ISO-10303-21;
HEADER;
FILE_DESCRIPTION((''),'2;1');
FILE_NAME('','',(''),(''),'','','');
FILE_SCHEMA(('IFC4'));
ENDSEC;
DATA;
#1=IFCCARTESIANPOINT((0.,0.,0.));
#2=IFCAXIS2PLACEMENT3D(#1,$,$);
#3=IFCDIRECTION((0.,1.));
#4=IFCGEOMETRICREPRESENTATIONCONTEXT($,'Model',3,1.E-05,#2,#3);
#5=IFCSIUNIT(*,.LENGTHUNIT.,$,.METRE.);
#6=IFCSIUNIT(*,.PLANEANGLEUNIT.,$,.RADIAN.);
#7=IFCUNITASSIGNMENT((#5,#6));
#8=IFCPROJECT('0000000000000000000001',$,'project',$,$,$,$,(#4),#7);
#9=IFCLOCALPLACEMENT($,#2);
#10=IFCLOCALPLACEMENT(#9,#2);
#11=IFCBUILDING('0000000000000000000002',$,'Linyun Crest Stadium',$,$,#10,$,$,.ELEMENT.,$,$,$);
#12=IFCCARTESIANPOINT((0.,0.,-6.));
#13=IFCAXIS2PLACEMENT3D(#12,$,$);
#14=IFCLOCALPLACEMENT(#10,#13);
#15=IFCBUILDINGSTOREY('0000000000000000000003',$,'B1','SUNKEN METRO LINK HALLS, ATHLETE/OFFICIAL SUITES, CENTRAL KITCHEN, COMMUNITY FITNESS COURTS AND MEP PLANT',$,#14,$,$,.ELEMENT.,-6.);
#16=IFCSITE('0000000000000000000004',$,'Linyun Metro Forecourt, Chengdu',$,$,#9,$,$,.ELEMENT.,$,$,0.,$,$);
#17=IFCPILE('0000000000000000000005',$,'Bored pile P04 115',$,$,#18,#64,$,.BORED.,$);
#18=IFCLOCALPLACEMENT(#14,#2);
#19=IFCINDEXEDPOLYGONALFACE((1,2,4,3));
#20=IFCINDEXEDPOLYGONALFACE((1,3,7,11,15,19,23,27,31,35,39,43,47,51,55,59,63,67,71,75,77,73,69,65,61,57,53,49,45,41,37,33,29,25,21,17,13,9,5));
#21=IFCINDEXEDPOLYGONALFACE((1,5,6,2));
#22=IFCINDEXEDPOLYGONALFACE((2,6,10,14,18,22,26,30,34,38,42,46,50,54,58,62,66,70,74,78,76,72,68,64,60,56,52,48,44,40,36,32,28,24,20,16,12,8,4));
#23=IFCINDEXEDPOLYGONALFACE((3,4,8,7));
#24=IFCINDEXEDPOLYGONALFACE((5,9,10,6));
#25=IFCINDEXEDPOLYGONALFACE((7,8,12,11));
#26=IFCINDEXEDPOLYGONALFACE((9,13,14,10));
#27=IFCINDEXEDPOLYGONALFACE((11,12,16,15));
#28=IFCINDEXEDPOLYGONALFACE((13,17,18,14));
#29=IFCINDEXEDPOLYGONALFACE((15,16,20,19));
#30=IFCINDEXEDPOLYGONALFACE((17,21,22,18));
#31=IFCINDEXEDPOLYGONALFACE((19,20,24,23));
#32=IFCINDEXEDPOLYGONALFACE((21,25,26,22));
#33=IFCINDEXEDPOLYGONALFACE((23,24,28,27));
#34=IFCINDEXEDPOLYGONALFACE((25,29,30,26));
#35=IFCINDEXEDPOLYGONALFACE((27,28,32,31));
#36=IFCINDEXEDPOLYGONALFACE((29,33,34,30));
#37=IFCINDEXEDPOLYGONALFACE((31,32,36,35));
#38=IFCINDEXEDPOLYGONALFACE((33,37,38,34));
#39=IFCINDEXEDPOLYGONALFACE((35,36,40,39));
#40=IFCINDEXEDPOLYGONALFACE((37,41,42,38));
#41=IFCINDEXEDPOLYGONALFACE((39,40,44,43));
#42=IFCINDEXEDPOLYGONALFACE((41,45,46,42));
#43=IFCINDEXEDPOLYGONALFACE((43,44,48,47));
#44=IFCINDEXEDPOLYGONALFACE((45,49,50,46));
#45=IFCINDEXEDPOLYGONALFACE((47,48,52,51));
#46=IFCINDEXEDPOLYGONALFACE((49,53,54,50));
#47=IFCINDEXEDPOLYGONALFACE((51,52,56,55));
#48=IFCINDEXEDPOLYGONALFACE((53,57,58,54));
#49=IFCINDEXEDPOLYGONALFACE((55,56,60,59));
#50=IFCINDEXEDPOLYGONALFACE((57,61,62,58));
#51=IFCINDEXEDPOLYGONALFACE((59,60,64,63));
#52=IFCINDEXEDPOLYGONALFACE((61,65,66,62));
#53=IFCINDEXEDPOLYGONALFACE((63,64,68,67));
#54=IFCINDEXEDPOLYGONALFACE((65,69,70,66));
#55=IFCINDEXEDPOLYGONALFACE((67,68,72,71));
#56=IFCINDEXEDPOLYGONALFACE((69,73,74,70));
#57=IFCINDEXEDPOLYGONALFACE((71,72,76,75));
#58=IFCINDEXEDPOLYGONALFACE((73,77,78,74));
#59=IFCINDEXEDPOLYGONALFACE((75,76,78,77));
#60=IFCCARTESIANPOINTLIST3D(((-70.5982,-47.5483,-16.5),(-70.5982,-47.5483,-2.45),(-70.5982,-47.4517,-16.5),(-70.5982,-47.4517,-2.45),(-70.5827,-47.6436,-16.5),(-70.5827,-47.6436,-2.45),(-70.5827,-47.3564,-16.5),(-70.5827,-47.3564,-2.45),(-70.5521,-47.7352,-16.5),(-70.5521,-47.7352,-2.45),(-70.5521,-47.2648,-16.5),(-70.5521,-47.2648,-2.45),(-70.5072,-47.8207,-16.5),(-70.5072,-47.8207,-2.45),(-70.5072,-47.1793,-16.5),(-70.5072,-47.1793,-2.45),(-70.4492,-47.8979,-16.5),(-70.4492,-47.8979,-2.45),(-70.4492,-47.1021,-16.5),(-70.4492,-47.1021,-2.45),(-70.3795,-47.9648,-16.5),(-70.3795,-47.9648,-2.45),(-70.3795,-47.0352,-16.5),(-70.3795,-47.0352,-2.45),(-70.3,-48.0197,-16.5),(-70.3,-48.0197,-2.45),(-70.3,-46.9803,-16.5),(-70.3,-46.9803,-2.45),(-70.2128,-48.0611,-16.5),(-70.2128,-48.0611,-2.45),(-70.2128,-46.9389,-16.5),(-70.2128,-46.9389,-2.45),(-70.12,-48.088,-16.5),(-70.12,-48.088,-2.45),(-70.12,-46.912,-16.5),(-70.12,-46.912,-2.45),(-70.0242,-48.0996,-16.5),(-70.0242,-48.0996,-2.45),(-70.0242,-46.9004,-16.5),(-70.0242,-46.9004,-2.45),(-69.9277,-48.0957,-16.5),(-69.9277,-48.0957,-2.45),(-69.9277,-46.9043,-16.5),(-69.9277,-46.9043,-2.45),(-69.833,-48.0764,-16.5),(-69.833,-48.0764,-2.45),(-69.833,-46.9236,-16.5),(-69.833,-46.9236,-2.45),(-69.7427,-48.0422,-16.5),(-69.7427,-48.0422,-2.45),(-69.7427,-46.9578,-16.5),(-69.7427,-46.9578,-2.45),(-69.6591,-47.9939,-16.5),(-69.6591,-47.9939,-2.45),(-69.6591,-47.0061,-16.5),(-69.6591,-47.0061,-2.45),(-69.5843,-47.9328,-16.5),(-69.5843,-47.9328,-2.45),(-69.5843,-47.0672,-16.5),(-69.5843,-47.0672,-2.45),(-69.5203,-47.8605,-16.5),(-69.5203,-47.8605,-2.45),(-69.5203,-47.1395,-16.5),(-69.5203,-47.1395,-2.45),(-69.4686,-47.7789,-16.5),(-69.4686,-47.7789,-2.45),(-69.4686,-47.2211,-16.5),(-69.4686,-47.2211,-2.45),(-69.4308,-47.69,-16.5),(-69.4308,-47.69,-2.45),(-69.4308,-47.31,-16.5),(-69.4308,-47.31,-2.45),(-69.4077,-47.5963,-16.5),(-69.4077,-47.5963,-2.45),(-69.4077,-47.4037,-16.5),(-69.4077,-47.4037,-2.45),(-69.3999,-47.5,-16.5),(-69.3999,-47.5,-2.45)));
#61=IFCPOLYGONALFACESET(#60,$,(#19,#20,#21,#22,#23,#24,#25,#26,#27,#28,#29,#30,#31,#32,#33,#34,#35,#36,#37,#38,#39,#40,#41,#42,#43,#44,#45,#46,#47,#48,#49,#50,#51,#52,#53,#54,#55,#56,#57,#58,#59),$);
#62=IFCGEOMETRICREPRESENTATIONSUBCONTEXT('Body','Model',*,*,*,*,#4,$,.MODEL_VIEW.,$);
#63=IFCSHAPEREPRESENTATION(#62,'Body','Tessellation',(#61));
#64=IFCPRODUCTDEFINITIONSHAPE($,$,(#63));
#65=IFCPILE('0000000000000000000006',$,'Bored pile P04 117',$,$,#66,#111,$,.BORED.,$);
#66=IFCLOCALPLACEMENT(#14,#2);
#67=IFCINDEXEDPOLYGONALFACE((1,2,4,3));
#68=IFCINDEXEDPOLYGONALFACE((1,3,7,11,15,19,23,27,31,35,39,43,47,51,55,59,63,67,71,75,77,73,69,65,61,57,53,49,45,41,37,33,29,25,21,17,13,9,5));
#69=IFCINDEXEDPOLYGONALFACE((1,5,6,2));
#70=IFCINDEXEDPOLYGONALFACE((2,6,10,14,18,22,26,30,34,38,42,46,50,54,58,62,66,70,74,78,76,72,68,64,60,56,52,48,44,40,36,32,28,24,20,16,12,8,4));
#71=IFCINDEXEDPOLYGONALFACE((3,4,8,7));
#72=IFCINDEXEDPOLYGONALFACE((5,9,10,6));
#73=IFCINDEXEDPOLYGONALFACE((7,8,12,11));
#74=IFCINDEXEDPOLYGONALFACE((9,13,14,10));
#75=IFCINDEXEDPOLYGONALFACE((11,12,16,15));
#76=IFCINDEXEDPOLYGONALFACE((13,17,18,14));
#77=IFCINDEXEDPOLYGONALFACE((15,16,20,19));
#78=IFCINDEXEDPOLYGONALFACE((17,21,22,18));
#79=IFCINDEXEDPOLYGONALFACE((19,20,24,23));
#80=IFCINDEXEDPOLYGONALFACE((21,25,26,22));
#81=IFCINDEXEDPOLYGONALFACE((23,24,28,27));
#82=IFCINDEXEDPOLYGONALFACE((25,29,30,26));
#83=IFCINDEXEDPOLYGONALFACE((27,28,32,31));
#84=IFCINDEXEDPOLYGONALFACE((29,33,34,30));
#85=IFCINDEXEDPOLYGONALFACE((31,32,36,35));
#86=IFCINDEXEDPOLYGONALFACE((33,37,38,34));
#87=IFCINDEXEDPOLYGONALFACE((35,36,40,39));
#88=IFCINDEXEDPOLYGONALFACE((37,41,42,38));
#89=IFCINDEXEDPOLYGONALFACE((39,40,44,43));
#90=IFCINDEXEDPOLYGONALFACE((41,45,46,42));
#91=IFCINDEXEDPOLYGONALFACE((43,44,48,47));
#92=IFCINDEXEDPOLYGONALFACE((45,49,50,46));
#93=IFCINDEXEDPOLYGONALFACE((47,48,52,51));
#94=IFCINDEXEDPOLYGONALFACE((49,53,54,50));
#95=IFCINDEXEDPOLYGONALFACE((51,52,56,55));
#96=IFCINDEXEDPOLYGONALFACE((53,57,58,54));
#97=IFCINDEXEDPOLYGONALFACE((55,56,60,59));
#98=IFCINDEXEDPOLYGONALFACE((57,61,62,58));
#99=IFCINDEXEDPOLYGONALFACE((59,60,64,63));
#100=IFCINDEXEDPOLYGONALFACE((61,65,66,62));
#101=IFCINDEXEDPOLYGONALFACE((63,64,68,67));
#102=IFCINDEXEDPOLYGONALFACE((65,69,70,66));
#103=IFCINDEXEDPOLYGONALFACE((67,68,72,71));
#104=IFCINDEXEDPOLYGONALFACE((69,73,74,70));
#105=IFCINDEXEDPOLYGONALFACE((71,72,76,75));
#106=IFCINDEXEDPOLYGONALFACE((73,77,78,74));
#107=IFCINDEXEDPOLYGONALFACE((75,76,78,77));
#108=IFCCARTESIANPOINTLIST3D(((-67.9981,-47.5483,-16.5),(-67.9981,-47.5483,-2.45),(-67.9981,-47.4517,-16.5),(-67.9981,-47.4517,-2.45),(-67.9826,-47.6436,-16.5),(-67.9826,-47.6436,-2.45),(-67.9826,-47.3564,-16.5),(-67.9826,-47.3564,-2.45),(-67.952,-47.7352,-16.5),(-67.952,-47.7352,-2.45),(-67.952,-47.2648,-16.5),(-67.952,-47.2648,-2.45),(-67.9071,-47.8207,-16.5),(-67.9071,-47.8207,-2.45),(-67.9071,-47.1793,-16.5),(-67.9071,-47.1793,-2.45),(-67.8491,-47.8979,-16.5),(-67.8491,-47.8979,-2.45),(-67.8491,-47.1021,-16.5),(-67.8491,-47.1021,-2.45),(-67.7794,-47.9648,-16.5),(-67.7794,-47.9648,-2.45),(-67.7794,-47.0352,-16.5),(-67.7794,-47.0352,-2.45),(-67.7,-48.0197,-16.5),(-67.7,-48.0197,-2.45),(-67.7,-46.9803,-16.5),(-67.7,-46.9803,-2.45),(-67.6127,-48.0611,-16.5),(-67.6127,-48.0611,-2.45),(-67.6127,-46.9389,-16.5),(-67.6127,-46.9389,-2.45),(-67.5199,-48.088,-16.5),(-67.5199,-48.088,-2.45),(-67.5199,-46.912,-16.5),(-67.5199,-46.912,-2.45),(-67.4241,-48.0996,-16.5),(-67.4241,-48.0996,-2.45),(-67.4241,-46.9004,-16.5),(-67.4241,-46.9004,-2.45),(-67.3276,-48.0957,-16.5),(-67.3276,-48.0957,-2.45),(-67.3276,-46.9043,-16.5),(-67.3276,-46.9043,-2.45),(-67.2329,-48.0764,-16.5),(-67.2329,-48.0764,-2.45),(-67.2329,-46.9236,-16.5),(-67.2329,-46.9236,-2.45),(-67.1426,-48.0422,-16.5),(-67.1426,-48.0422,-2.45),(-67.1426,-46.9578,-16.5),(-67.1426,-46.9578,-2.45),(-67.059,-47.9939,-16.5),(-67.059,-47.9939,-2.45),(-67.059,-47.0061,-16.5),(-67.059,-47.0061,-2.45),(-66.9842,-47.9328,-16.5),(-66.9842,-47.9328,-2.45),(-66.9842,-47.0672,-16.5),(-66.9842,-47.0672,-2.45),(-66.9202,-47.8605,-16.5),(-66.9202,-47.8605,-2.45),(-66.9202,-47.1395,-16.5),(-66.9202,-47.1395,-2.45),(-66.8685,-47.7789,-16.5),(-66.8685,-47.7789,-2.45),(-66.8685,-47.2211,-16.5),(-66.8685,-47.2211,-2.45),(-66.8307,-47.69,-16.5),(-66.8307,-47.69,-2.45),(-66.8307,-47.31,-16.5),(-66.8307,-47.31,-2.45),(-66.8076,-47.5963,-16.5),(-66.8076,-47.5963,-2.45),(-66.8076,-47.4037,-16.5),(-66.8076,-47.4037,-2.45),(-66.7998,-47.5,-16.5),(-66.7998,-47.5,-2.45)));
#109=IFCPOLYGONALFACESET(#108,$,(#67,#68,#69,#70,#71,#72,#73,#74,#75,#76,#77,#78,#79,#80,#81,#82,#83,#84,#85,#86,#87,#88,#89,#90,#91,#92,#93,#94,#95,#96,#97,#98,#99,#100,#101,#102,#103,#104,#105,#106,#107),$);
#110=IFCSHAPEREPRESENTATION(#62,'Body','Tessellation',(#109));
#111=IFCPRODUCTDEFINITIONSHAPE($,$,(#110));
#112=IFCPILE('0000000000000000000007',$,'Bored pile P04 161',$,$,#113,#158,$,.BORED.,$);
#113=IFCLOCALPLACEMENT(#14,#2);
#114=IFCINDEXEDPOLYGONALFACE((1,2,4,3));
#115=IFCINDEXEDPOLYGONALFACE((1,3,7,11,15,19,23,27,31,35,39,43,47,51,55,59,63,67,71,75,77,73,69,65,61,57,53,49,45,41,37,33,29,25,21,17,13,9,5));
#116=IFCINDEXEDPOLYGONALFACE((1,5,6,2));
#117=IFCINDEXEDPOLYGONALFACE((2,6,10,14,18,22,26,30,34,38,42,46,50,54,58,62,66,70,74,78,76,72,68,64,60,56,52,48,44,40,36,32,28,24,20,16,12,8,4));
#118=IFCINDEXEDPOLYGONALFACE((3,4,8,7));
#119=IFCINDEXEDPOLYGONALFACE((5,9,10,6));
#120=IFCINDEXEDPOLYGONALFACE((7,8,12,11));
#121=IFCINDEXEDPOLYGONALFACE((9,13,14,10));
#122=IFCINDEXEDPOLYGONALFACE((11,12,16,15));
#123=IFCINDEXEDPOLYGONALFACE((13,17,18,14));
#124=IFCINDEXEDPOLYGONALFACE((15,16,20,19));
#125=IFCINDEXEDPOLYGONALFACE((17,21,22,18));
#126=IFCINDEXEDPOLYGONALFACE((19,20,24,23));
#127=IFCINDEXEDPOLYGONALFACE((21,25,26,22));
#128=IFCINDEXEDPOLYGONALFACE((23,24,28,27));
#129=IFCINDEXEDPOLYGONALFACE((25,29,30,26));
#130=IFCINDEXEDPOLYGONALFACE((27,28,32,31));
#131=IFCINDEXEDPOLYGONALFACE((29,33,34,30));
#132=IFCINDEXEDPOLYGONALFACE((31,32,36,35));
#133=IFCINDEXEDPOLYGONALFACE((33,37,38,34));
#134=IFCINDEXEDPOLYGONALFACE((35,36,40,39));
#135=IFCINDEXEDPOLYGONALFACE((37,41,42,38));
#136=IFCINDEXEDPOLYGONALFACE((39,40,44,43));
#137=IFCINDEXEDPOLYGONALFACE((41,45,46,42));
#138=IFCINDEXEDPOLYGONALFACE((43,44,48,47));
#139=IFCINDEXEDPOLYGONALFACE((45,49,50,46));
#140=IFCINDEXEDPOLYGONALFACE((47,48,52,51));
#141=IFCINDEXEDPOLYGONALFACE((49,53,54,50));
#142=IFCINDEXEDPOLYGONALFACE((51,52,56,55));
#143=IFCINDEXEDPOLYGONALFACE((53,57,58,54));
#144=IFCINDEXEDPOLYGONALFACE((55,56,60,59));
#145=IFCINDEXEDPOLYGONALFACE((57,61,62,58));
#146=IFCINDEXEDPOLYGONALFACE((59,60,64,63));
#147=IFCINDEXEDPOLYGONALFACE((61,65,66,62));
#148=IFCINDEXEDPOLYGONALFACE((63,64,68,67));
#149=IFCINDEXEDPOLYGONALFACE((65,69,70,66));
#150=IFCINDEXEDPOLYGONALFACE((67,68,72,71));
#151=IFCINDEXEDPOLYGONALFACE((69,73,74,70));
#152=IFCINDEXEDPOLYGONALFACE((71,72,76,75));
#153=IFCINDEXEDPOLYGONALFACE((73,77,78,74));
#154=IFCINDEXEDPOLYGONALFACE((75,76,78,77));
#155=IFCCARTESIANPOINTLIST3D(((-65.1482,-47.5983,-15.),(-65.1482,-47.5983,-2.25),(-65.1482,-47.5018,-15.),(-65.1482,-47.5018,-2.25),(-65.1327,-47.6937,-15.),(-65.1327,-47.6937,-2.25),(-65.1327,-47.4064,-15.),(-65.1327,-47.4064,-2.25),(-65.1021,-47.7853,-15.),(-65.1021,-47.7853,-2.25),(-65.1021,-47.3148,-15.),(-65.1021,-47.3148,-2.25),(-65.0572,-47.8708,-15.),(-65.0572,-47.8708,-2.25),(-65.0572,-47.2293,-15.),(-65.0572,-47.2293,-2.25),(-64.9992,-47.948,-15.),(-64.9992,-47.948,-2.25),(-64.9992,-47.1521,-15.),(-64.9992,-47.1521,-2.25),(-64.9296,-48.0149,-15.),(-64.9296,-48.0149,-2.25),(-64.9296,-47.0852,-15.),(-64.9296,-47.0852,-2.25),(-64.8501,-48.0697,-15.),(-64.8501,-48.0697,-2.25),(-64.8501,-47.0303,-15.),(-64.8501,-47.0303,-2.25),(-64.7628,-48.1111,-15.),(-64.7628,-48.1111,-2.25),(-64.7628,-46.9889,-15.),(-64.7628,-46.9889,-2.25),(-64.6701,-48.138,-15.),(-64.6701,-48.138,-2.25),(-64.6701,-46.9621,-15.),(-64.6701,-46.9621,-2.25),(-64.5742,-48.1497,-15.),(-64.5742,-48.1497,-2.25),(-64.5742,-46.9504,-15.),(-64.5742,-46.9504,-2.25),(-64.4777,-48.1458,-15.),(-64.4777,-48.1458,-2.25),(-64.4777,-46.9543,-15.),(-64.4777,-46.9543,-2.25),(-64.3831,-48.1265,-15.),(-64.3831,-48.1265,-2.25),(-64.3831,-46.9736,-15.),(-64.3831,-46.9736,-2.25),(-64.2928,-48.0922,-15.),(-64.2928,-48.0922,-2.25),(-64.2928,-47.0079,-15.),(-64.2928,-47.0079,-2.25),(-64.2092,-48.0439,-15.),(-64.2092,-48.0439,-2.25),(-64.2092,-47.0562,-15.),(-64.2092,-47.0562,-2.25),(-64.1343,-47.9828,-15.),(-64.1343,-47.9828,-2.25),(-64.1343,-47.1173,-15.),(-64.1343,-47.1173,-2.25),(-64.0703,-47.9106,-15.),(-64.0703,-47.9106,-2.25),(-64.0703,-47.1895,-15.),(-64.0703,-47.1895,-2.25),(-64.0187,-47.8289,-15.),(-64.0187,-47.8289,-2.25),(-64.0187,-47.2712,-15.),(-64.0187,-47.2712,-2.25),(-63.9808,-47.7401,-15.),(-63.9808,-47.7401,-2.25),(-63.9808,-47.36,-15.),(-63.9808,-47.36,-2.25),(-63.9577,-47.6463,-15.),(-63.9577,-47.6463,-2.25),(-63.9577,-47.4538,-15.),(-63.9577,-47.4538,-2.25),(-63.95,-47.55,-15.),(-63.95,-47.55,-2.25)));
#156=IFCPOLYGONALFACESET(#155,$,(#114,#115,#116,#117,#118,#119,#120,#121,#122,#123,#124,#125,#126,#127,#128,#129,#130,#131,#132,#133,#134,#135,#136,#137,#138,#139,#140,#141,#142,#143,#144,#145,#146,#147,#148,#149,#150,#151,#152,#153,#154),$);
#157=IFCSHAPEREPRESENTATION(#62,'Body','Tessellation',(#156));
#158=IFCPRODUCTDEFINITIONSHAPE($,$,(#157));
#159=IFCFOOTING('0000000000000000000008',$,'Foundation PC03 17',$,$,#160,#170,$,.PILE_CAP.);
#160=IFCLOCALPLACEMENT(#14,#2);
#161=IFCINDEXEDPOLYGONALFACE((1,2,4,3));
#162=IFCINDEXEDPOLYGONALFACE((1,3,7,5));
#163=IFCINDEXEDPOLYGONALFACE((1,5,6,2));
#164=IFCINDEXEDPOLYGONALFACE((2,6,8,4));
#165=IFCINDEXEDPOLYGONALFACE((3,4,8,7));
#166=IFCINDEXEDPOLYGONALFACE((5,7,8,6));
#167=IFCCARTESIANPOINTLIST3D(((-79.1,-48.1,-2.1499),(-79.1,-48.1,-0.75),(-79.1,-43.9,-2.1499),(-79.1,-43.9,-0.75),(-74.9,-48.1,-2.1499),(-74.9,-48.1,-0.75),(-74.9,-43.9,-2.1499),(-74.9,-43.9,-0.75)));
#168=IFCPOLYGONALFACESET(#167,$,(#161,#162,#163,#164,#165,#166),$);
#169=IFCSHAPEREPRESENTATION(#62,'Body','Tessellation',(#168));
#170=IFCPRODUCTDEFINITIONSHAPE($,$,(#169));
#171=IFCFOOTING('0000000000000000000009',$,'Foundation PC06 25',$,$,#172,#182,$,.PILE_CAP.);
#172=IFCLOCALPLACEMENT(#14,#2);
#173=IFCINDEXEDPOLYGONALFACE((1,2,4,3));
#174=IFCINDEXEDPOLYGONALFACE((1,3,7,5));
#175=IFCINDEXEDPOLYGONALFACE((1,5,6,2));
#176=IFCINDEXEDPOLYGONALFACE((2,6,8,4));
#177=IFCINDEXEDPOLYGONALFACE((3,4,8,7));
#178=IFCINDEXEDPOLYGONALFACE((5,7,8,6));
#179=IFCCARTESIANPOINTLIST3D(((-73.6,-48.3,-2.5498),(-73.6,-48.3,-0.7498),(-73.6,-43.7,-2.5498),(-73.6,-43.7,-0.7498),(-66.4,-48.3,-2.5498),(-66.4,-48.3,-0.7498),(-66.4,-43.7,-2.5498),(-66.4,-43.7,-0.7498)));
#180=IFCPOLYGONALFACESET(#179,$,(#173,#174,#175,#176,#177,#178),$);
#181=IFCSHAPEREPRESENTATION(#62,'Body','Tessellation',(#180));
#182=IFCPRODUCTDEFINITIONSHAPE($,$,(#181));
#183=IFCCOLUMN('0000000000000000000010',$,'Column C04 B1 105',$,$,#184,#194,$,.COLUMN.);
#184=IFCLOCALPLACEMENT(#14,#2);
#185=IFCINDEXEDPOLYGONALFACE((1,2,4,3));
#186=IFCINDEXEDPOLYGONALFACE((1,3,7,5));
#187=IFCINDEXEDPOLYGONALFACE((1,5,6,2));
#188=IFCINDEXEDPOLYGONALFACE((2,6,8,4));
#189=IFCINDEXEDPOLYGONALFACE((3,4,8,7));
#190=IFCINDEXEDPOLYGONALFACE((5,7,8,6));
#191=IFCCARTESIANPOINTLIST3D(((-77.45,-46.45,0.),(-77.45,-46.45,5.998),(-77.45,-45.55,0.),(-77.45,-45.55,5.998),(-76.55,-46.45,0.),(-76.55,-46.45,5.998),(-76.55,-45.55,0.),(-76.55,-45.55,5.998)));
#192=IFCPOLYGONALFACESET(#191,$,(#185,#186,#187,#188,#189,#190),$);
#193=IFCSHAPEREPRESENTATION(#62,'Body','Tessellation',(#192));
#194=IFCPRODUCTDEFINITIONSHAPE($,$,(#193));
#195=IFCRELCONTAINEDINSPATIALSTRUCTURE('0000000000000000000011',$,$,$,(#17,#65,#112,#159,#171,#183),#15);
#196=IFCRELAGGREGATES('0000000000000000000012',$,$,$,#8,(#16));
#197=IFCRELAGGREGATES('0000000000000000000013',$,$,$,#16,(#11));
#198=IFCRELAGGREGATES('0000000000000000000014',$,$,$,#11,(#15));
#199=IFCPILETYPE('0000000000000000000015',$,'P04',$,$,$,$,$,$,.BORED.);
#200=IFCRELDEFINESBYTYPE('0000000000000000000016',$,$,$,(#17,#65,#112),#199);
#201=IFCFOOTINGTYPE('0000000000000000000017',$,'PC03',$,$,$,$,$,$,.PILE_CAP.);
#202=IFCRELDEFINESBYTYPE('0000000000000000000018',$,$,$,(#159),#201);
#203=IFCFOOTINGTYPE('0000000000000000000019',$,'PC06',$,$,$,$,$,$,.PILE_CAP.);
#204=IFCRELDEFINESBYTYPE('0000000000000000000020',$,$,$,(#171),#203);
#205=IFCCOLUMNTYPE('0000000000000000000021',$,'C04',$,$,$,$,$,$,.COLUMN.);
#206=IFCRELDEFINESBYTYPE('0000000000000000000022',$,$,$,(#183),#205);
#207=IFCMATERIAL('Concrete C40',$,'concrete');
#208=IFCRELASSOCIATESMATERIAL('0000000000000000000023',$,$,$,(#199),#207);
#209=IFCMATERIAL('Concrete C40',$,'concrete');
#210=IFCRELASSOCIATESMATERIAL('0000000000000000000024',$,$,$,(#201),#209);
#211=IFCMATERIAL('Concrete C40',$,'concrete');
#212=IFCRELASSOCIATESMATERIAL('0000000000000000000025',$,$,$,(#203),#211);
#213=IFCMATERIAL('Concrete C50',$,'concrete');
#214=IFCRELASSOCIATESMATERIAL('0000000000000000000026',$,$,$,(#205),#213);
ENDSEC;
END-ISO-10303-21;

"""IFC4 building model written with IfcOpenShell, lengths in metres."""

from ifc_helpers import new_model, si_unit, direction, frame, origin, origin_2d, place, context, subcontext, project, spatial, rectangle, circle, extrude, material, material_profile, profile_set, type_object, element, save


model = new_model("IFC4")

# Units and contexts
model_context = context("Model", 3, precision=1e-05, world=origin(), true_north=direction((0.0, 1.0)))
body_context = subcontext(model_context, "Body", "Model", "MODEL_VIEW")
ifc_project = project(units=[si_unit("LENGTHUNIT", "METRE"), si_unit("PLANEANGLEUNIT", "RADIAN")], contexts=[model_context])

# Site, building, storey
site_placement = place(None, origin())
site = spatial("IfcSite", under=ifc_project, at=site_placement, Name="Linyun Metro Forecourt, Chengdu", CompositionType="ELEMENT", RefElevation=0.0)
building_placement = place(site_placement, origin())
building = spatial("IfcBuilding", under=site, at=building_placement, Name="Linyun Crest Stadium", CompositionType="ELEMENT")
storey_placement = place(building_placement, frame((0.0, 0.0, -6.0)))
storey = spatial("IfcBuildingStorey", under=building, at=storey_placement, Name="B1", Description="SUNKEN METRO LINK HALLS, ATHLETE/OFFICIAL SUITES, CENTRAL KITCHEN, COMMUNITY FITNESS COURTS AND MEP PLANT", CompositionType="ELEMENT", Elevation=-6.0)

# Piles
ifc_material_1 = material(Name="Concrete C40", Category="concrete")
ifc_material_profile_1 = material_profile(ifc_material_1, circle(Radius=0.6001, at=origin_2d()), Name="BORED PILE 1200")
ifc_profile_set_1 = profile_set([ifc_material_profile_1], Name="Concrete C40")
pile_type_1 = type_object("IfcPileType", Name="P04", PredefinedType="BORED", material=ifc_profile_set_1)
for number, where, z_axis, x_axis, name in (
    (1, (-70.0, -47.5, -2.45), (0.0, 0.0, -1.0), (1.0, 0.0, 0.0), "Bored pile P04 115"),
    (2, (-67.3999, -47.5, -2.45), (0.0, 0.0, -1.0), (1.0, 0.0, 0.0), "Bored pile P04 117"),
):
    element("IfcPile", number, at=place(storey_placement, frame(where, z_axis=z_axis, x_axis=x_axis)), inside=storey, type_object=pile_type_1, Name=name, PredefinedType="BORED", context=body_context, shape_type="SweptSolid", body=[
        extrude(circle(Radius=0.6001, at=origin_2d()), origin(), (0.0, 0.0, 1.0), 14.05),
    ])
pile_placement = place(storey_placement, frame((-64.55, -47.55, -2.25), z_axis=(0.0, 0.0, -1.0), x_axis=(1.0, 0.0, 0.0)))
element("IfcPile", 3, at=pile_placement, inside=storey, type_object=pile_type_1, Name="Bored pile P04 161", PredefinedType="BORED", context=body_context, shape_type="SweptSolid", body=[
    extrude(circle(Radius=0.6001, at=origin_2d()), origin(), (0.0, 0.0, 1.0), 12.75),
])

# Footings
ifc_material_2 = material(Name="Concrete C40", Category="concrete")
footing_type_1 = type_object("IfcFootingType", Name="PC03", PredefinedType="PILE_CAP", material=ifc_material_2)
footing_1_placement = place(storey_placement, frame((-77.0, -46.0, -2.1499), z_axis=(0.0, 0.0, 1.0), x_axis=(1.0, 0.0, 0.0)))
element("IfcFooting", 4, at=footing_1_placement, inside=storey, type_object=footing_type_1, Name="Foundation PC03 17", PredefinedType="PILE_CAP", context=body_context, shape_type="SweptSolid", body=[
    extrude(rectangle(XDim=4.2, YDim=4.2, at=origin_2d()), origin(), (0.0, 0.0, 1.0), 1.3999),
])
ifc_material_3 = material(Name="Concrete C40", Category="concrete")
footing_type_2 = type_object("IfcFootingType", Name="PC06", PredefinedType="PILE_CAP", material=ifc_material_3)
footing_2_placement = place(storey_placement, frame((-70.0, -46.0, -2.5498), z_axis=(0.0, 0.0, 1.0), x_axis=(1.0, 0.0, 0.0)))
element("IfcFooting", 5, at=footing_2_placement, inside=storey, type_object=footing_type_2, Name="Foundation PC06 25", PredefinedType="PILE_CAP", context=body_context, shape_type="SweptSolid", body=[
    extrude(rectangle(XDim=7.2, YDim=4.6001, at=origin_2d()), origin(), (0.0, 0.0, 1.0), 1.8),
])

# Column
ifc_material_4 = material(Name="Concrete C50", Category="concrete")
ifc_material_profile_2 = material_profile(ifc_material_4, rectangle(XDim=0.8999, YDim=0.8999, at=origin_2d()), Name="RC 900x900")
ifc_profile_set_2 = profile_set([ifc_material_profile_2], Name="Concrete C50")
column_type_1 = type_object("IfcColumnType", Name="C04", PredefinedType="COLUMN", material=ifc_profile_set_2)
column_1_placement = place(storey_placement, frame((-77.0, -46.0, 0.0), z_axis=(0.0, 0.0, 1.0), x_axis=(1.0, 0.0, 0.0)))
element("IfcColumn", 6, at=column_1_placement, inside=storey, type_object=column_type_1, Name="Column C04 B1 105", PredefinedType="COLUMN", context=body_context, shape_type="SweptSolid", body=[
    extrude(rectangle(XDim=0.8999, YDim=0.8999, at=origin_2d()), origin(), (0.0, 0.0, 1.0), 5.998),
])

save(model, "model.ifc")
